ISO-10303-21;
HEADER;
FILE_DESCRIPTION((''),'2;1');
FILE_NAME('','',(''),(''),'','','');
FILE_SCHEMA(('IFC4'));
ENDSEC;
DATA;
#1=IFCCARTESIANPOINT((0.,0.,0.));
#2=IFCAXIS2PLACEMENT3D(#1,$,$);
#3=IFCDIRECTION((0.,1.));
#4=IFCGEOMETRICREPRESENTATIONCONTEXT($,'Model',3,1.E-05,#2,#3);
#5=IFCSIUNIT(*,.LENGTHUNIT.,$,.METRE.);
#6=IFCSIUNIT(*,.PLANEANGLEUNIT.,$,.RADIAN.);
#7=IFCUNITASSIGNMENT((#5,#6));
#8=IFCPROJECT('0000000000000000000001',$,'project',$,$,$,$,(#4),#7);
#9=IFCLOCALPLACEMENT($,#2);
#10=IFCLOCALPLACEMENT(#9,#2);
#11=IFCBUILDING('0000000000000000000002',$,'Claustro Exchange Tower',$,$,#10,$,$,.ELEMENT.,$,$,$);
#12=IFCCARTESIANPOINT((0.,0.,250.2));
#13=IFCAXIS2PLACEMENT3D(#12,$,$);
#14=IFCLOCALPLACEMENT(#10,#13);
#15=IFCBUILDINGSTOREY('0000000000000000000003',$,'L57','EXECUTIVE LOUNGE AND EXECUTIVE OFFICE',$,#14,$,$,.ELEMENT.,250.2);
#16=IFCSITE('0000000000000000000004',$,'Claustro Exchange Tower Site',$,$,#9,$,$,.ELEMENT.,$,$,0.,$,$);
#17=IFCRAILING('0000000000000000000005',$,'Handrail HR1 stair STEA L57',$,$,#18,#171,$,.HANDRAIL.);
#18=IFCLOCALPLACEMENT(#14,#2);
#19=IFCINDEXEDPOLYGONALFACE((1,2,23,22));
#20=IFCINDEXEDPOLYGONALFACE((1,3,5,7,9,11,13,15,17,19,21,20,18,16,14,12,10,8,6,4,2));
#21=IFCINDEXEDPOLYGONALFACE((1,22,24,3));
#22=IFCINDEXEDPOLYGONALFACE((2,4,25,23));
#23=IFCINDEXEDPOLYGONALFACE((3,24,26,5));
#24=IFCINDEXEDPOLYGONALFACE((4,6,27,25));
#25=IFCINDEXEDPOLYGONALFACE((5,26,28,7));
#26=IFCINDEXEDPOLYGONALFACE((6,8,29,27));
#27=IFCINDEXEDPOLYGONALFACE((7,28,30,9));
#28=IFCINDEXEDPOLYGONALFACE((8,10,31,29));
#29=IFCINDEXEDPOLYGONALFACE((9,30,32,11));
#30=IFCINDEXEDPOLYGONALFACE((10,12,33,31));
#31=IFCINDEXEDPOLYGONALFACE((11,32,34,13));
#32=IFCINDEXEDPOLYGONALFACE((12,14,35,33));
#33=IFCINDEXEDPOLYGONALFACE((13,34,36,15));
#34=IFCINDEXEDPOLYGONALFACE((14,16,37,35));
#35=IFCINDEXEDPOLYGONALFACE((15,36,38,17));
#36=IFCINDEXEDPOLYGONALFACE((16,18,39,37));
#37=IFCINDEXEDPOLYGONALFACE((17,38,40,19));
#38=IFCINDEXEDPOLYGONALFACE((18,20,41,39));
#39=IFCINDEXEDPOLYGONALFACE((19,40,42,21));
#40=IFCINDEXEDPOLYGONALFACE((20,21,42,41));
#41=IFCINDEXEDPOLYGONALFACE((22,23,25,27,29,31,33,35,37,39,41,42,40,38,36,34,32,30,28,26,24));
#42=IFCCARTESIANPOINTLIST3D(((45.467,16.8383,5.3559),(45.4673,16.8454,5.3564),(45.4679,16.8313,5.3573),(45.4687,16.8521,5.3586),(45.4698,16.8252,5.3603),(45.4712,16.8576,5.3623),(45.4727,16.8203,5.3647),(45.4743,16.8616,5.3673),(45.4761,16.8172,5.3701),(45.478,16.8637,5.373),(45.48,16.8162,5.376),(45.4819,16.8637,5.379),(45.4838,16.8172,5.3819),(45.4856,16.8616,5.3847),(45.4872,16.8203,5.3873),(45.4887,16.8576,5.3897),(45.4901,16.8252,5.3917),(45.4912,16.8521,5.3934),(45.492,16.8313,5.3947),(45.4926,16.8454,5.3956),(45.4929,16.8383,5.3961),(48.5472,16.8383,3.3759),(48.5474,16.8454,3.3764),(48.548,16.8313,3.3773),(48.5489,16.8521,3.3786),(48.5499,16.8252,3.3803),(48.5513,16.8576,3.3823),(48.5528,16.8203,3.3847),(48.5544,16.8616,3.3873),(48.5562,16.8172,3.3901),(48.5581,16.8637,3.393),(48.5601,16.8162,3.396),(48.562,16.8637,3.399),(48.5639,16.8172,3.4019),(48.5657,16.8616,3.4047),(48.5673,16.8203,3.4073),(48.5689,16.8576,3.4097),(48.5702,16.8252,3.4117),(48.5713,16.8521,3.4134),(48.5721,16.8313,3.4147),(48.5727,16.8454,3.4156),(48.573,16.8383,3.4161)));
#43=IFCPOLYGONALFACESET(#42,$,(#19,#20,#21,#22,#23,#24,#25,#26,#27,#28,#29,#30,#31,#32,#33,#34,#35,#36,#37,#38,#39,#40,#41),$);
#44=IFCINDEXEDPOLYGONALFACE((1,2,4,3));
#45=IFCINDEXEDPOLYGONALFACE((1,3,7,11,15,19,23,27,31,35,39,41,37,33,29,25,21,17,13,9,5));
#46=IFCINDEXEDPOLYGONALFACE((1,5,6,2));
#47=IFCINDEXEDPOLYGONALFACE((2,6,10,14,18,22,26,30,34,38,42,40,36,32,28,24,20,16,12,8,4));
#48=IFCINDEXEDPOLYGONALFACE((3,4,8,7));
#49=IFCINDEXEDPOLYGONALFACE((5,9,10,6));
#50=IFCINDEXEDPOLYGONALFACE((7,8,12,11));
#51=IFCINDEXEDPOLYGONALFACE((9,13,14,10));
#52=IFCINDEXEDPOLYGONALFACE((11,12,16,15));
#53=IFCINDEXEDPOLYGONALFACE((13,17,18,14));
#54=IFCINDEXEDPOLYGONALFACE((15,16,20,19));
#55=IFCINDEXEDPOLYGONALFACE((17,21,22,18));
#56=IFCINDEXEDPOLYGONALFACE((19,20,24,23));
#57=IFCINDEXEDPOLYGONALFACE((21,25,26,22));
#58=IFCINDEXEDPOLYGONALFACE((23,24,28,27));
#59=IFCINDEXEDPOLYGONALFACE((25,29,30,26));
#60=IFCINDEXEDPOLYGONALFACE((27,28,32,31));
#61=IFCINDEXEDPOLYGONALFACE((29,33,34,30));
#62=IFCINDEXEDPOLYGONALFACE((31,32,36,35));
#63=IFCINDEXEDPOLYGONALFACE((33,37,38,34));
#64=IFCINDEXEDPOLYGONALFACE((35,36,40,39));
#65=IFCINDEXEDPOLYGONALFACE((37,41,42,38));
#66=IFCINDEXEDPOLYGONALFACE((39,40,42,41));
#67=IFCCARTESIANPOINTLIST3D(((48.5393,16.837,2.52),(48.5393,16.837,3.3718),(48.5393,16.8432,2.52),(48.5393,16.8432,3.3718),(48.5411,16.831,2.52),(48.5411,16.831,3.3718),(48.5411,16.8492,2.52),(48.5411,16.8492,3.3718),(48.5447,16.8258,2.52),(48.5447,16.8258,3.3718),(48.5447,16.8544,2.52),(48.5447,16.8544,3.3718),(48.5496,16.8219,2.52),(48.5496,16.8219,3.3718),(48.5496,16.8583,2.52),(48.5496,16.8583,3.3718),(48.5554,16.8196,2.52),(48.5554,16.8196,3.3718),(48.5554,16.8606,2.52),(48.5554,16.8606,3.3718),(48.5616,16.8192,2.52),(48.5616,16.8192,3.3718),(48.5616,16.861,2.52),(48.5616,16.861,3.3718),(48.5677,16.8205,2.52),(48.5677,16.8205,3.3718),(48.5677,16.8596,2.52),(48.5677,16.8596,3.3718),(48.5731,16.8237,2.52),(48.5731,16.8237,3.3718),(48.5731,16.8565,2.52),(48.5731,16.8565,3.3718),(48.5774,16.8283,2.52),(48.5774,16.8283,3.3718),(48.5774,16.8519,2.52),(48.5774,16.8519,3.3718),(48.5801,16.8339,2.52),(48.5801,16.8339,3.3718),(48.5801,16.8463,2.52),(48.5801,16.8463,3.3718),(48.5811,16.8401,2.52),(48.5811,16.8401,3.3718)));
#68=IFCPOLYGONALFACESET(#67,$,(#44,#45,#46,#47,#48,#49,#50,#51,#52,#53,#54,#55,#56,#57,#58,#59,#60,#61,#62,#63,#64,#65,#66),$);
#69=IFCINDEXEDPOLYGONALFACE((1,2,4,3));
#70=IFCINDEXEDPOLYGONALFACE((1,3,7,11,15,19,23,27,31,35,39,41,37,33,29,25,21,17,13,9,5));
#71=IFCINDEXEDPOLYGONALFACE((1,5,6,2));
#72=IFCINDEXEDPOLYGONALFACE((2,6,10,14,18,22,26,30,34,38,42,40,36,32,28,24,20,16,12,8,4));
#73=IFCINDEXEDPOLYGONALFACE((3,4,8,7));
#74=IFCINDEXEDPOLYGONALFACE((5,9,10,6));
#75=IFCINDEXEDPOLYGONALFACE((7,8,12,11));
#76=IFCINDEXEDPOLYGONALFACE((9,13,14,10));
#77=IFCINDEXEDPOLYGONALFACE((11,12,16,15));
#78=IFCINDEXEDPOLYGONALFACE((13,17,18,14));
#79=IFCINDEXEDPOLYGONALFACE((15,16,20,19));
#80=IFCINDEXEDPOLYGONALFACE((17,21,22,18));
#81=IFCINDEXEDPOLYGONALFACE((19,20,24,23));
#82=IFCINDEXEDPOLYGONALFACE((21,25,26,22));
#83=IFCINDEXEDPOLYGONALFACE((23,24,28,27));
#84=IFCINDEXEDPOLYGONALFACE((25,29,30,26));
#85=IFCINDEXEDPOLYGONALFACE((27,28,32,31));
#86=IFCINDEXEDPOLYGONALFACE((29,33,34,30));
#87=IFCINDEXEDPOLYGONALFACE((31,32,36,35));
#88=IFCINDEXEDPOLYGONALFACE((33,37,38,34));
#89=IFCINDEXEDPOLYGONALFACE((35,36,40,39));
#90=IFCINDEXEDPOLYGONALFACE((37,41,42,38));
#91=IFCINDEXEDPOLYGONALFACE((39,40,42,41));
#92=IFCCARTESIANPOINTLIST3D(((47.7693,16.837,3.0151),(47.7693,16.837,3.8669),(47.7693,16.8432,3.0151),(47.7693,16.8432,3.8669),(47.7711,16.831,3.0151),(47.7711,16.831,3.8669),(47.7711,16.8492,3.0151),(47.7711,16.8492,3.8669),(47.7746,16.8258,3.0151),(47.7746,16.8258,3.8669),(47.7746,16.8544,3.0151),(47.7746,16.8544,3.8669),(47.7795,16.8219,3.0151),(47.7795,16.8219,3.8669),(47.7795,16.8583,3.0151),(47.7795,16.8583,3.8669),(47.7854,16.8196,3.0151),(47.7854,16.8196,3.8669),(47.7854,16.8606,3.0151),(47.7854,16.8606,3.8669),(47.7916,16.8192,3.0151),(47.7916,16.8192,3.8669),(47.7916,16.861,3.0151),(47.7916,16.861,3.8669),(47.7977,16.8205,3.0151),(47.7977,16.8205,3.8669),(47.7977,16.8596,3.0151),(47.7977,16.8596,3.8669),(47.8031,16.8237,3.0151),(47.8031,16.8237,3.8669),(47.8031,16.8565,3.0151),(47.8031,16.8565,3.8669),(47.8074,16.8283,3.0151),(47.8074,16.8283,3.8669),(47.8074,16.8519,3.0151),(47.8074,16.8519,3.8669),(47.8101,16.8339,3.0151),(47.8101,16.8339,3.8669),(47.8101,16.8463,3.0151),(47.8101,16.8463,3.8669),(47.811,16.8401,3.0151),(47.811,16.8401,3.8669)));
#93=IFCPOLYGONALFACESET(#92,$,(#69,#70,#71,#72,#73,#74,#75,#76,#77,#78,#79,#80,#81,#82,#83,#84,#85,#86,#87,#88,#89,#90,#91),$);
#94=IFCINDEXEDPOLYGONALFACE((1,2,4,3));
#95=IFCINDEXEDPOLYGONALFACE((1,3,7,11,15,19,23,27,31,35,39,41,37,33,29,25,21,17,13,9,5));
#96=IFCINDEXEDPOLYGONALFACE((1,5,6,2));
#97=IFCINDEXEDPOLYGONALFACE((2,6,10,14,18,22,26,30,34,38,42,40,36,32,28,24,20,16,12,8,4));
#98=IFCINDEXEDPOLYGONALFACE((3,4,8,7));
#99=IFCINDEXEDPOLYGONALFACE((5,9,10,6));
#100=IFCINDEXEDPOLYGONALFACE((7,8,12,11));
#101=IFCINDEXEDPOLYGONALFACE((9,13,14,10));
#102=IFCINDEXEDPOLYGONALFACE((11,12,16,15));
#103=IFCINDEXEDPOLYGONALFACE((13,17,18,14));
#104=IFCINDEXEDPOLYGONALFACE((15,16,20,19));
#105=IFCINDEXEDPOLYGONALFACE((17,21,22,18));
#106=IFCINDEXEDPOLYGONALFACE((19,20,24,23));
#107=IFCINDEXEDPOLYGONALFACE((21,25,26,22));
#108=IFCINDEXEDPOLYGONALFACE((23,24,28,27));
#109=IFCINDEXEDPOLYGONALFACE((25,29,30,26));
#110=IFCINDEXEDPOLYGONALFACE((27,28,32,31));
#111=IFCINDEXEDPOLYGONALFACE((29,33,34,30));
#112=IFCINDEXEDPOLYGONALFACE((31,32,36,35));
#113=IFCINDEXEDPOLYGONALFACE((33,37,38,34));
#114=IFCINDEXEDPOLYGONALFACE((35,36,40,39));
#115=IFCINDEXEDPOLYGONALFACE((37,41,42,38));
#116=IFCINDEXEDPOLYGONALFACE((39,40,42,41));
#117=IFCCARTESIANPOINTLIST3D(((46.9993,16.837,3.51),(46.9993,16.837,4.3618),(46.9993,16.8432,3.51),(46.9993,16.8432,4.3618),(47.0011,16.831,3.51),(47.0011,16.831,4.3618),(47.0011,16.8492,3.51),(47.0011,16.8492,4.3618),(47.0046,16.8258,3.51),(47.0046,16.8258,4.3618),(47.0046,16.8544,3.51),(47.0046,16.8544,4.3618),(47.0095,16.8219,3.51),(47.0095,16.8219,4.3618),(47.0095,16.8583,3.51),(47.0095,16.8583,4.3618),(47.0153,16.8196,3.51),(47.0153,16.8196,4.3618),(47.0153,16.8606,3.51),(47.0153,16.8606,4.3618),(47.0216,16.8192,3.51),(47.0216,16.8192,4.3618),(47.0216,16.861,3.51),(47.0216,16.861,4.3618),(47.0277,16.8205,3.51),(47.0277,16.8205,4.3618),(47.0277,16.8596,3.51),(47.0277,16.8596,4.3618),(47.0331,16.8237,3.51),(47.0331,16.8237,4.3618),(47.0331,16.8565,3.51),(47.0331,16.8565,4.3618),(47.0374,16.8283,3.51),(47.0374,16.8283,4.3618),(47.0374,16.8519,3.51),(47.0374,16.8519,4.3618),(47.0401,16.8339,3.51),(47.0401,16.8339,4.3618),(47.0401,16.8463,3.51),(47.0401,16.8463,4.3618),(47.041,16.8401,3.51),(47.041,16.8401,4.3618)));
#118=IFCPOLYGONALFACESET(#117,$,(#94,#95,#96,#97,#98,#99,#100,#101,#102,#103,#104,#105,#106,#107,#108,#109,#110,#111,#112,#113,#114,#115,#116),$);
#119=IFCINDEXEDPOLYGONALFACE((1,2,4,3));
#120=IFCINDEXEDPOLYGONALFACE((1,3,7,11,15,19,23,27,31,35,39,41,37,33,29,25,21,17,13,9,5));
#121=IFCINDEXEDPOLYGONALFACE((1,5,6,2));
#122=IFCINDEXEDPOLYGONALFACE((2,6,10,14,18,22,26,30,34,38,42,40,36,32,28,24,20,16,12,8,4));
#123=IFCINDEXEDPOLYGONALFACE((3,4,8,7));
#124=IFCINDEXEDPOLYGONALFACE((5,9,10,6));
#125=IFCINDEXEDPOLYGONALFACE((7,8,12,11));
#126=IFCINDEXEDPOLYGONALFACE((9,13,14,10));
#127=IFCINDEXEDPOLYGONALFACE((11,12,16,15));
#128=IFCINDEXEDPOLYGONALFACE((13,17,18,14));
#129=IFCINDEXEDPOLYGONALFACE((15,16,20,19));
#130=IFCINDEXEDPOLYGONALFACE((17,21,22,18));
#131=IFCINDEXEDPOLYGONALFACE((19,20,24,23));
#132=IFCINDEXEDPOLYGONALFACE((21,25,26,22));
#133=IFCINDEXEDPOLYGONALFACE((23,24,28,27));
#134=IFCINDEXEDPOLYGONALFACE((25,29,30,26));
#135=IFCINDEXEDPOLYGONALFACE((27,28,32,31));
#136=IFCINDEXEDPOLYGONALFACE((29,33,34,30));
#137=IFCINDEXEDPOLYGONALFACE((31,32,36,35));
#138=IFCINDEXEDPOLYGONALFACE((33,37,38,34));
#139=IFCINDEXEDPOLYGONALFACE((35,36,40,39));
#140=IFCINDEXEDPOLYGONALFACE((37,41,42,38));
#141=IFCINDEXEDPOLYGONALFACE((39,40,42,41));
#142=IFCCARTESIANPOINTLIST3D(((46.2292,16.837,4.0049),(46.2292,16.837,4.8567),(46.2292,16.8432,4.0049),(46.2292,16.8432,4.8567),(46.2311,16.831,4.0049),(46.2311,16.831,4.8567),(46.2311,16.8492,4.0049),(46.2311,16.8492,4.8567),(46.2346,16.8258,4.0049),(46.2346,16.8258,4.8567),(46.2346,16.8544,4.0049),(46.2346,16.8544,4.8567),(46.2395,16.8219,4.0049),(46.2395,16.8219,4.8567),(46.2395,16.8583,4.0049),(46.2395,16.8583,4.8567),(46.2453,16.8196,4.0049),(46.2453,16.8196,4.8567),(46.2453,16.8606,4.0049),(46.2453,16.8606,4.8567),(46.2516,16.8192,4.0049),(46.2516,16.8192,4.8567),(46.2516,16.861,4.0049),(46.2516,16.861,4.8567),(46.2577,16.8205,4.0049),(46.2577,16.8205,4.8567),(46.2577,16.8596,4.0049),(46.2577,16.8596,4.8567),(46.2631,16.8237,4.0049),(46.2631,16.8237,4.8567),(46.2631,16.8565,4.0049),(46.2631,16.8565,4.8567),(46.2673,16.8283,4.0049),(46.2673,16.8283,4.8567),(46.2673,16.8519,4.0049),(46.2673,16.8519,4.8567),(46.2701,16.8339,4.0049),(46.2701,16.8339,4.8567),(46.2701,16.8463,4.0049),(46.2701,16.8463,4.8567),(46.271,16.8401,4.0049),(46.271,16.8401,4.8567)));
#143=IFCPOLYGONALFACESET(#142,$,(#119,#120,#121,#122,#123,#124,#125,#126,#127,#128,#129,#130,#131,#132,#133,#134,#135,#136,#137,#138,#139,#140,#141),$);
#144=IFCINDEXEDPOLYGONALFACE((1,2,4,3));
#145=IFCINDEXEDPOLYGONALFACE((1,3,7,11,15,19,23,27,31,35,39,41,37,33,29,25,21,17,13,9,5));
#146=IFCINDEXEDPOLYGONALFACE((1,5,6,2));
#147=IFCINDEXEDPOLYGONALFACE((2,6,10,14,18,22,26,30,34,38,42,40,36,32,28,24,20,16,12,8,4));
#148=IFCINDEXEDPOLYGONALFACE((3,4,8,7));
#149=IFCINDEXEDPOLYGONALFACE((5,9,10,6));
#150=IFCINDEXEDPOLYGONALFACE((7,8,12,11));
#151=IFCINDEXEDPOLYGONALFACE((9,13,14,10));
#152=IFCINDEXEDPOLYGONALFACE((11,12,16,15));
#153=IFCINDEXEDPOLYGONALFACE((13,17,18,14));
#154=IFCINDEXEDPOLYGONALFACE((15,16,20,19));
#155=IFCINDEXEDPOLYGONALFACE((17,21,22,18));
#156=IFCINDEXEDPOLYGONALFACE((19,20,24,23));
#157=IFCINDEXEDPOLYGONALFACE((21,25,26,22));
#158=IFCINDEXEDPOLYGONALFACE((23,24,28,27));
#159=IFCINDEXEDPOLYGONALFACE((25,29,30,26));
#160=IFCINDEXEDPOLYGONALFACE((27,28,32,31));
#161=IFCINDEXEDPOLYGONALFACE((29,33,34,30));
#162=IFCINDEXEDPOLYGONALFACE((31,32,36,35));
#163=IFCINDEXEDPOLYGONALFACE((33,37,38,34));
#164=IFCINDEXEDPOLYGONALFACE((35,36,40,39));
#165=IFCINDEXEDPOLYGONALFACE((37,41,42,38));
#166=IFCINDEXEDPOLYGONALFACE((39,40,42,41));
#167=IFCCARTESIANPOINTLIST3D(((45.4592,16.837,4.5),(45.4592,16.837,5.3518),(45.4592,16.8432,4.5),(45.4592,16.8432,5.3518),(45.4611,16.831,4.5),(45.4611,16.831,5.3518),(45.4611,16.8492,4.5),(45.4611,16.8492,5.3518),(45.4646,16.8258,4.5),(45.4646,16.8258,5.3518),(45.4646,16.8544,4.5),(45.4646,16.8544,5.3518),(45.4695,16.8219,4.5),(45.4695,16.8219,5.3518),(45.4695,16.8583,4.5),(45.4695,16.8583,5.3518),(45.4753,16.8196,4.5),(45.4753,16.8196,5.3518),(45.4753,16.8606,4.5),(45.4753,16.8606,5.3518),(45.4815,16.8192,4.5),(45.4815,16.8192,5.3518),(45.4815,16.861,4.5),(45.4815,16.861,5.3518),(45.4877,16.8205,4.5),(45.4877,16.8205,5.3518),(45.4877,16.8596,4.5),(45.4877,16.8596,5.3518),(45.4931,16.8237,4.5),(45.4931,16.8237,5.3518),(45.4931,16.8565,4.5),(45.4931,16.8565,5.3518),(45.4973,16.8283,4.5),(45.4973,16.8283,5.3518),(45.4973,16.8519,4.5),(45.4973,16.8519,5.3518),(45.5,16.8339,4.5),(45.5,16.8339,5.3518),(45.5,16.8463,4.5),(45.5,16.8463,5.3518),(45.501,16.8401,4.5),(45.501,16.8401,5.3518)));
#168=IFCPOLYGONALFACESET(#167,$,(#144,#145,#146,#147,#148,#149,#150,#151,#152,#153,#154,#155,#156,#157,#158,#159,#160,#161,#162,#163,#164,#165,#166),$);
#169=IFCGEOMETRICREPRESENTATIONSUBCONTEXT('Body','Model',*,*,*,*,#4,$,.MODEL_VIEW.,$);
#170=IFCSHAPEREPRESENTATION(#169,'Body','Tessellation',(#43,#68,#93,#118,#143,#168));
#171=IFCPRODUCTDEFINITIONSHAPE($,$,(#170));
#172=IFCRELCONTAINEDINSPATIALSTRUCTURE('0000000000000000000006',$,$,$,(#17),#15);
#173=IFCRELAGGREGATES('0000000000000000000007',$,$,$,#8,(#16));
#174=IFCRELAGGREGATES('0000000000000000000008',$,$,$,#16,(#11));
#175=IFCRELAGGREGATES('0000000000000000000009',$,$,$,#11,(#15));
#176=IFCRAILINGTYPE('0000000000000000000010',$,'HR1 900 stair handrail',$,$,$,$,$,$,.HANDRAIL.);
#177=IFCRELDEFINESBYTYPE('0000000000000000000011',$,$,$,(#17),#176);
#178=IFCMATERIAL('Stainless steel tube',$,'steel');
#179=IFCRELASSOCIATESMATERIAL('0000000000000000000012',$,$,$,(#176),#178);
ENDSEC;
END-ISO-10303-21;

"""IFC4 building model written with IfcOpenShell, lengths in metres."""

from ifc_helpers import new_model, si_unit, direction, frame, origin, origin_2d, place, context, subcontext, project, spatial, circle, extrude, material, type_object, element, save


model = new_model("IFC4")

# Units and contexts
model_context = context("Model", 3, precision=1e-05, world=origin(), true_north=direction((0.0, 1.0)))
body_context = subcontext(model_context, "Body", "Model", "MODEL_VIEW")
ifc_project = project(units=[si_unit("LENGTHUNIT", "METRE"), si_unit("PLANEANGLEUNIT", "RADIAN")], contexts=[model_context])

# Site, building, storey
site_placement = place(None, origin())
site = spatial("IfcSite", under=ifc_project, at=site_placement, Name="Claustro Exchange Tower Site", CompositionType="ELEMENT", RefElevation=0.0)
building_placement = place(site_placement, origin())
building = spatial("IfcBuilding", under=site, at=building_placement, Name="Claustro Exchange Tower", CompositionType="ELEMENT")
storey_placement = place(building_placement, frame((0.0, 0.0, 250.2)))
storey = spatial("IfcBuildingStorey", under=building, at=storey_placement, Name="L57", Description="EXECUTIVE LOUNGE AND EXECUTIVE OFFICE", CompositionType="ELEMENT", Elevation=250.2)

# Railing
ifc_material_1 = material(Name="Stainless steel tube", Category="steel")
railing_type_1 = type_object("IfcRailingType", Name="HR1 900 stair handrail", PredefinedType="HANDRAIL", material=ifc_material_1)
railing_1_placement = place(storey_placement, frame((48.5601, 16.8401, 2.52)))
element("IfcRailing", 1, at=railing_1_placement, inside=storey, type_object=railing_type_1, Name="Handrail HR1 stair STEA L57", PredefinedType="HANDRAIL", context=body_context, shape_type="SweptSolid", body=[
    extrude(circle(Radius=0.0239, at=origin_2d()), frame((0.0, 0.0, 0.876), z_axis=(-0.841187, 0.0, 0.540744), x_axis=(0.0, -1.0, 0.0)), (0.0, 0.0, 1.0), 3.6616),
    extrude(circle(Radius=0.021, at=origin_2d()), origin(), (0.0, 0.0, 1.0), 0.8518),
    extrude(circle(Radius=0.021, at=origin_2d()), frame((-0.77, 0.0, 0.4951)), (0.0, 0.0, 1.0), 0.8518),
    extrude(circle(Radius=0.021, at=origin_2d()), frame((-1.54, 0.0, 0.99)), (0.0, 0.0, 1.0), 0.8518),
    extrude(circle(Radius=0.021, at=origin_2d()), frame((-2.3101, 0.0, 1.4849)), (0.0, 0.0, 1.0), 0.8518),
    extrude(circle(Radius=0.021, at=origin_2d()), frame((-3.0801, 0.0, 1.98)), (0.0, 0.0, 1.0), 0.8518),
])

save(model, "model.ifc")
